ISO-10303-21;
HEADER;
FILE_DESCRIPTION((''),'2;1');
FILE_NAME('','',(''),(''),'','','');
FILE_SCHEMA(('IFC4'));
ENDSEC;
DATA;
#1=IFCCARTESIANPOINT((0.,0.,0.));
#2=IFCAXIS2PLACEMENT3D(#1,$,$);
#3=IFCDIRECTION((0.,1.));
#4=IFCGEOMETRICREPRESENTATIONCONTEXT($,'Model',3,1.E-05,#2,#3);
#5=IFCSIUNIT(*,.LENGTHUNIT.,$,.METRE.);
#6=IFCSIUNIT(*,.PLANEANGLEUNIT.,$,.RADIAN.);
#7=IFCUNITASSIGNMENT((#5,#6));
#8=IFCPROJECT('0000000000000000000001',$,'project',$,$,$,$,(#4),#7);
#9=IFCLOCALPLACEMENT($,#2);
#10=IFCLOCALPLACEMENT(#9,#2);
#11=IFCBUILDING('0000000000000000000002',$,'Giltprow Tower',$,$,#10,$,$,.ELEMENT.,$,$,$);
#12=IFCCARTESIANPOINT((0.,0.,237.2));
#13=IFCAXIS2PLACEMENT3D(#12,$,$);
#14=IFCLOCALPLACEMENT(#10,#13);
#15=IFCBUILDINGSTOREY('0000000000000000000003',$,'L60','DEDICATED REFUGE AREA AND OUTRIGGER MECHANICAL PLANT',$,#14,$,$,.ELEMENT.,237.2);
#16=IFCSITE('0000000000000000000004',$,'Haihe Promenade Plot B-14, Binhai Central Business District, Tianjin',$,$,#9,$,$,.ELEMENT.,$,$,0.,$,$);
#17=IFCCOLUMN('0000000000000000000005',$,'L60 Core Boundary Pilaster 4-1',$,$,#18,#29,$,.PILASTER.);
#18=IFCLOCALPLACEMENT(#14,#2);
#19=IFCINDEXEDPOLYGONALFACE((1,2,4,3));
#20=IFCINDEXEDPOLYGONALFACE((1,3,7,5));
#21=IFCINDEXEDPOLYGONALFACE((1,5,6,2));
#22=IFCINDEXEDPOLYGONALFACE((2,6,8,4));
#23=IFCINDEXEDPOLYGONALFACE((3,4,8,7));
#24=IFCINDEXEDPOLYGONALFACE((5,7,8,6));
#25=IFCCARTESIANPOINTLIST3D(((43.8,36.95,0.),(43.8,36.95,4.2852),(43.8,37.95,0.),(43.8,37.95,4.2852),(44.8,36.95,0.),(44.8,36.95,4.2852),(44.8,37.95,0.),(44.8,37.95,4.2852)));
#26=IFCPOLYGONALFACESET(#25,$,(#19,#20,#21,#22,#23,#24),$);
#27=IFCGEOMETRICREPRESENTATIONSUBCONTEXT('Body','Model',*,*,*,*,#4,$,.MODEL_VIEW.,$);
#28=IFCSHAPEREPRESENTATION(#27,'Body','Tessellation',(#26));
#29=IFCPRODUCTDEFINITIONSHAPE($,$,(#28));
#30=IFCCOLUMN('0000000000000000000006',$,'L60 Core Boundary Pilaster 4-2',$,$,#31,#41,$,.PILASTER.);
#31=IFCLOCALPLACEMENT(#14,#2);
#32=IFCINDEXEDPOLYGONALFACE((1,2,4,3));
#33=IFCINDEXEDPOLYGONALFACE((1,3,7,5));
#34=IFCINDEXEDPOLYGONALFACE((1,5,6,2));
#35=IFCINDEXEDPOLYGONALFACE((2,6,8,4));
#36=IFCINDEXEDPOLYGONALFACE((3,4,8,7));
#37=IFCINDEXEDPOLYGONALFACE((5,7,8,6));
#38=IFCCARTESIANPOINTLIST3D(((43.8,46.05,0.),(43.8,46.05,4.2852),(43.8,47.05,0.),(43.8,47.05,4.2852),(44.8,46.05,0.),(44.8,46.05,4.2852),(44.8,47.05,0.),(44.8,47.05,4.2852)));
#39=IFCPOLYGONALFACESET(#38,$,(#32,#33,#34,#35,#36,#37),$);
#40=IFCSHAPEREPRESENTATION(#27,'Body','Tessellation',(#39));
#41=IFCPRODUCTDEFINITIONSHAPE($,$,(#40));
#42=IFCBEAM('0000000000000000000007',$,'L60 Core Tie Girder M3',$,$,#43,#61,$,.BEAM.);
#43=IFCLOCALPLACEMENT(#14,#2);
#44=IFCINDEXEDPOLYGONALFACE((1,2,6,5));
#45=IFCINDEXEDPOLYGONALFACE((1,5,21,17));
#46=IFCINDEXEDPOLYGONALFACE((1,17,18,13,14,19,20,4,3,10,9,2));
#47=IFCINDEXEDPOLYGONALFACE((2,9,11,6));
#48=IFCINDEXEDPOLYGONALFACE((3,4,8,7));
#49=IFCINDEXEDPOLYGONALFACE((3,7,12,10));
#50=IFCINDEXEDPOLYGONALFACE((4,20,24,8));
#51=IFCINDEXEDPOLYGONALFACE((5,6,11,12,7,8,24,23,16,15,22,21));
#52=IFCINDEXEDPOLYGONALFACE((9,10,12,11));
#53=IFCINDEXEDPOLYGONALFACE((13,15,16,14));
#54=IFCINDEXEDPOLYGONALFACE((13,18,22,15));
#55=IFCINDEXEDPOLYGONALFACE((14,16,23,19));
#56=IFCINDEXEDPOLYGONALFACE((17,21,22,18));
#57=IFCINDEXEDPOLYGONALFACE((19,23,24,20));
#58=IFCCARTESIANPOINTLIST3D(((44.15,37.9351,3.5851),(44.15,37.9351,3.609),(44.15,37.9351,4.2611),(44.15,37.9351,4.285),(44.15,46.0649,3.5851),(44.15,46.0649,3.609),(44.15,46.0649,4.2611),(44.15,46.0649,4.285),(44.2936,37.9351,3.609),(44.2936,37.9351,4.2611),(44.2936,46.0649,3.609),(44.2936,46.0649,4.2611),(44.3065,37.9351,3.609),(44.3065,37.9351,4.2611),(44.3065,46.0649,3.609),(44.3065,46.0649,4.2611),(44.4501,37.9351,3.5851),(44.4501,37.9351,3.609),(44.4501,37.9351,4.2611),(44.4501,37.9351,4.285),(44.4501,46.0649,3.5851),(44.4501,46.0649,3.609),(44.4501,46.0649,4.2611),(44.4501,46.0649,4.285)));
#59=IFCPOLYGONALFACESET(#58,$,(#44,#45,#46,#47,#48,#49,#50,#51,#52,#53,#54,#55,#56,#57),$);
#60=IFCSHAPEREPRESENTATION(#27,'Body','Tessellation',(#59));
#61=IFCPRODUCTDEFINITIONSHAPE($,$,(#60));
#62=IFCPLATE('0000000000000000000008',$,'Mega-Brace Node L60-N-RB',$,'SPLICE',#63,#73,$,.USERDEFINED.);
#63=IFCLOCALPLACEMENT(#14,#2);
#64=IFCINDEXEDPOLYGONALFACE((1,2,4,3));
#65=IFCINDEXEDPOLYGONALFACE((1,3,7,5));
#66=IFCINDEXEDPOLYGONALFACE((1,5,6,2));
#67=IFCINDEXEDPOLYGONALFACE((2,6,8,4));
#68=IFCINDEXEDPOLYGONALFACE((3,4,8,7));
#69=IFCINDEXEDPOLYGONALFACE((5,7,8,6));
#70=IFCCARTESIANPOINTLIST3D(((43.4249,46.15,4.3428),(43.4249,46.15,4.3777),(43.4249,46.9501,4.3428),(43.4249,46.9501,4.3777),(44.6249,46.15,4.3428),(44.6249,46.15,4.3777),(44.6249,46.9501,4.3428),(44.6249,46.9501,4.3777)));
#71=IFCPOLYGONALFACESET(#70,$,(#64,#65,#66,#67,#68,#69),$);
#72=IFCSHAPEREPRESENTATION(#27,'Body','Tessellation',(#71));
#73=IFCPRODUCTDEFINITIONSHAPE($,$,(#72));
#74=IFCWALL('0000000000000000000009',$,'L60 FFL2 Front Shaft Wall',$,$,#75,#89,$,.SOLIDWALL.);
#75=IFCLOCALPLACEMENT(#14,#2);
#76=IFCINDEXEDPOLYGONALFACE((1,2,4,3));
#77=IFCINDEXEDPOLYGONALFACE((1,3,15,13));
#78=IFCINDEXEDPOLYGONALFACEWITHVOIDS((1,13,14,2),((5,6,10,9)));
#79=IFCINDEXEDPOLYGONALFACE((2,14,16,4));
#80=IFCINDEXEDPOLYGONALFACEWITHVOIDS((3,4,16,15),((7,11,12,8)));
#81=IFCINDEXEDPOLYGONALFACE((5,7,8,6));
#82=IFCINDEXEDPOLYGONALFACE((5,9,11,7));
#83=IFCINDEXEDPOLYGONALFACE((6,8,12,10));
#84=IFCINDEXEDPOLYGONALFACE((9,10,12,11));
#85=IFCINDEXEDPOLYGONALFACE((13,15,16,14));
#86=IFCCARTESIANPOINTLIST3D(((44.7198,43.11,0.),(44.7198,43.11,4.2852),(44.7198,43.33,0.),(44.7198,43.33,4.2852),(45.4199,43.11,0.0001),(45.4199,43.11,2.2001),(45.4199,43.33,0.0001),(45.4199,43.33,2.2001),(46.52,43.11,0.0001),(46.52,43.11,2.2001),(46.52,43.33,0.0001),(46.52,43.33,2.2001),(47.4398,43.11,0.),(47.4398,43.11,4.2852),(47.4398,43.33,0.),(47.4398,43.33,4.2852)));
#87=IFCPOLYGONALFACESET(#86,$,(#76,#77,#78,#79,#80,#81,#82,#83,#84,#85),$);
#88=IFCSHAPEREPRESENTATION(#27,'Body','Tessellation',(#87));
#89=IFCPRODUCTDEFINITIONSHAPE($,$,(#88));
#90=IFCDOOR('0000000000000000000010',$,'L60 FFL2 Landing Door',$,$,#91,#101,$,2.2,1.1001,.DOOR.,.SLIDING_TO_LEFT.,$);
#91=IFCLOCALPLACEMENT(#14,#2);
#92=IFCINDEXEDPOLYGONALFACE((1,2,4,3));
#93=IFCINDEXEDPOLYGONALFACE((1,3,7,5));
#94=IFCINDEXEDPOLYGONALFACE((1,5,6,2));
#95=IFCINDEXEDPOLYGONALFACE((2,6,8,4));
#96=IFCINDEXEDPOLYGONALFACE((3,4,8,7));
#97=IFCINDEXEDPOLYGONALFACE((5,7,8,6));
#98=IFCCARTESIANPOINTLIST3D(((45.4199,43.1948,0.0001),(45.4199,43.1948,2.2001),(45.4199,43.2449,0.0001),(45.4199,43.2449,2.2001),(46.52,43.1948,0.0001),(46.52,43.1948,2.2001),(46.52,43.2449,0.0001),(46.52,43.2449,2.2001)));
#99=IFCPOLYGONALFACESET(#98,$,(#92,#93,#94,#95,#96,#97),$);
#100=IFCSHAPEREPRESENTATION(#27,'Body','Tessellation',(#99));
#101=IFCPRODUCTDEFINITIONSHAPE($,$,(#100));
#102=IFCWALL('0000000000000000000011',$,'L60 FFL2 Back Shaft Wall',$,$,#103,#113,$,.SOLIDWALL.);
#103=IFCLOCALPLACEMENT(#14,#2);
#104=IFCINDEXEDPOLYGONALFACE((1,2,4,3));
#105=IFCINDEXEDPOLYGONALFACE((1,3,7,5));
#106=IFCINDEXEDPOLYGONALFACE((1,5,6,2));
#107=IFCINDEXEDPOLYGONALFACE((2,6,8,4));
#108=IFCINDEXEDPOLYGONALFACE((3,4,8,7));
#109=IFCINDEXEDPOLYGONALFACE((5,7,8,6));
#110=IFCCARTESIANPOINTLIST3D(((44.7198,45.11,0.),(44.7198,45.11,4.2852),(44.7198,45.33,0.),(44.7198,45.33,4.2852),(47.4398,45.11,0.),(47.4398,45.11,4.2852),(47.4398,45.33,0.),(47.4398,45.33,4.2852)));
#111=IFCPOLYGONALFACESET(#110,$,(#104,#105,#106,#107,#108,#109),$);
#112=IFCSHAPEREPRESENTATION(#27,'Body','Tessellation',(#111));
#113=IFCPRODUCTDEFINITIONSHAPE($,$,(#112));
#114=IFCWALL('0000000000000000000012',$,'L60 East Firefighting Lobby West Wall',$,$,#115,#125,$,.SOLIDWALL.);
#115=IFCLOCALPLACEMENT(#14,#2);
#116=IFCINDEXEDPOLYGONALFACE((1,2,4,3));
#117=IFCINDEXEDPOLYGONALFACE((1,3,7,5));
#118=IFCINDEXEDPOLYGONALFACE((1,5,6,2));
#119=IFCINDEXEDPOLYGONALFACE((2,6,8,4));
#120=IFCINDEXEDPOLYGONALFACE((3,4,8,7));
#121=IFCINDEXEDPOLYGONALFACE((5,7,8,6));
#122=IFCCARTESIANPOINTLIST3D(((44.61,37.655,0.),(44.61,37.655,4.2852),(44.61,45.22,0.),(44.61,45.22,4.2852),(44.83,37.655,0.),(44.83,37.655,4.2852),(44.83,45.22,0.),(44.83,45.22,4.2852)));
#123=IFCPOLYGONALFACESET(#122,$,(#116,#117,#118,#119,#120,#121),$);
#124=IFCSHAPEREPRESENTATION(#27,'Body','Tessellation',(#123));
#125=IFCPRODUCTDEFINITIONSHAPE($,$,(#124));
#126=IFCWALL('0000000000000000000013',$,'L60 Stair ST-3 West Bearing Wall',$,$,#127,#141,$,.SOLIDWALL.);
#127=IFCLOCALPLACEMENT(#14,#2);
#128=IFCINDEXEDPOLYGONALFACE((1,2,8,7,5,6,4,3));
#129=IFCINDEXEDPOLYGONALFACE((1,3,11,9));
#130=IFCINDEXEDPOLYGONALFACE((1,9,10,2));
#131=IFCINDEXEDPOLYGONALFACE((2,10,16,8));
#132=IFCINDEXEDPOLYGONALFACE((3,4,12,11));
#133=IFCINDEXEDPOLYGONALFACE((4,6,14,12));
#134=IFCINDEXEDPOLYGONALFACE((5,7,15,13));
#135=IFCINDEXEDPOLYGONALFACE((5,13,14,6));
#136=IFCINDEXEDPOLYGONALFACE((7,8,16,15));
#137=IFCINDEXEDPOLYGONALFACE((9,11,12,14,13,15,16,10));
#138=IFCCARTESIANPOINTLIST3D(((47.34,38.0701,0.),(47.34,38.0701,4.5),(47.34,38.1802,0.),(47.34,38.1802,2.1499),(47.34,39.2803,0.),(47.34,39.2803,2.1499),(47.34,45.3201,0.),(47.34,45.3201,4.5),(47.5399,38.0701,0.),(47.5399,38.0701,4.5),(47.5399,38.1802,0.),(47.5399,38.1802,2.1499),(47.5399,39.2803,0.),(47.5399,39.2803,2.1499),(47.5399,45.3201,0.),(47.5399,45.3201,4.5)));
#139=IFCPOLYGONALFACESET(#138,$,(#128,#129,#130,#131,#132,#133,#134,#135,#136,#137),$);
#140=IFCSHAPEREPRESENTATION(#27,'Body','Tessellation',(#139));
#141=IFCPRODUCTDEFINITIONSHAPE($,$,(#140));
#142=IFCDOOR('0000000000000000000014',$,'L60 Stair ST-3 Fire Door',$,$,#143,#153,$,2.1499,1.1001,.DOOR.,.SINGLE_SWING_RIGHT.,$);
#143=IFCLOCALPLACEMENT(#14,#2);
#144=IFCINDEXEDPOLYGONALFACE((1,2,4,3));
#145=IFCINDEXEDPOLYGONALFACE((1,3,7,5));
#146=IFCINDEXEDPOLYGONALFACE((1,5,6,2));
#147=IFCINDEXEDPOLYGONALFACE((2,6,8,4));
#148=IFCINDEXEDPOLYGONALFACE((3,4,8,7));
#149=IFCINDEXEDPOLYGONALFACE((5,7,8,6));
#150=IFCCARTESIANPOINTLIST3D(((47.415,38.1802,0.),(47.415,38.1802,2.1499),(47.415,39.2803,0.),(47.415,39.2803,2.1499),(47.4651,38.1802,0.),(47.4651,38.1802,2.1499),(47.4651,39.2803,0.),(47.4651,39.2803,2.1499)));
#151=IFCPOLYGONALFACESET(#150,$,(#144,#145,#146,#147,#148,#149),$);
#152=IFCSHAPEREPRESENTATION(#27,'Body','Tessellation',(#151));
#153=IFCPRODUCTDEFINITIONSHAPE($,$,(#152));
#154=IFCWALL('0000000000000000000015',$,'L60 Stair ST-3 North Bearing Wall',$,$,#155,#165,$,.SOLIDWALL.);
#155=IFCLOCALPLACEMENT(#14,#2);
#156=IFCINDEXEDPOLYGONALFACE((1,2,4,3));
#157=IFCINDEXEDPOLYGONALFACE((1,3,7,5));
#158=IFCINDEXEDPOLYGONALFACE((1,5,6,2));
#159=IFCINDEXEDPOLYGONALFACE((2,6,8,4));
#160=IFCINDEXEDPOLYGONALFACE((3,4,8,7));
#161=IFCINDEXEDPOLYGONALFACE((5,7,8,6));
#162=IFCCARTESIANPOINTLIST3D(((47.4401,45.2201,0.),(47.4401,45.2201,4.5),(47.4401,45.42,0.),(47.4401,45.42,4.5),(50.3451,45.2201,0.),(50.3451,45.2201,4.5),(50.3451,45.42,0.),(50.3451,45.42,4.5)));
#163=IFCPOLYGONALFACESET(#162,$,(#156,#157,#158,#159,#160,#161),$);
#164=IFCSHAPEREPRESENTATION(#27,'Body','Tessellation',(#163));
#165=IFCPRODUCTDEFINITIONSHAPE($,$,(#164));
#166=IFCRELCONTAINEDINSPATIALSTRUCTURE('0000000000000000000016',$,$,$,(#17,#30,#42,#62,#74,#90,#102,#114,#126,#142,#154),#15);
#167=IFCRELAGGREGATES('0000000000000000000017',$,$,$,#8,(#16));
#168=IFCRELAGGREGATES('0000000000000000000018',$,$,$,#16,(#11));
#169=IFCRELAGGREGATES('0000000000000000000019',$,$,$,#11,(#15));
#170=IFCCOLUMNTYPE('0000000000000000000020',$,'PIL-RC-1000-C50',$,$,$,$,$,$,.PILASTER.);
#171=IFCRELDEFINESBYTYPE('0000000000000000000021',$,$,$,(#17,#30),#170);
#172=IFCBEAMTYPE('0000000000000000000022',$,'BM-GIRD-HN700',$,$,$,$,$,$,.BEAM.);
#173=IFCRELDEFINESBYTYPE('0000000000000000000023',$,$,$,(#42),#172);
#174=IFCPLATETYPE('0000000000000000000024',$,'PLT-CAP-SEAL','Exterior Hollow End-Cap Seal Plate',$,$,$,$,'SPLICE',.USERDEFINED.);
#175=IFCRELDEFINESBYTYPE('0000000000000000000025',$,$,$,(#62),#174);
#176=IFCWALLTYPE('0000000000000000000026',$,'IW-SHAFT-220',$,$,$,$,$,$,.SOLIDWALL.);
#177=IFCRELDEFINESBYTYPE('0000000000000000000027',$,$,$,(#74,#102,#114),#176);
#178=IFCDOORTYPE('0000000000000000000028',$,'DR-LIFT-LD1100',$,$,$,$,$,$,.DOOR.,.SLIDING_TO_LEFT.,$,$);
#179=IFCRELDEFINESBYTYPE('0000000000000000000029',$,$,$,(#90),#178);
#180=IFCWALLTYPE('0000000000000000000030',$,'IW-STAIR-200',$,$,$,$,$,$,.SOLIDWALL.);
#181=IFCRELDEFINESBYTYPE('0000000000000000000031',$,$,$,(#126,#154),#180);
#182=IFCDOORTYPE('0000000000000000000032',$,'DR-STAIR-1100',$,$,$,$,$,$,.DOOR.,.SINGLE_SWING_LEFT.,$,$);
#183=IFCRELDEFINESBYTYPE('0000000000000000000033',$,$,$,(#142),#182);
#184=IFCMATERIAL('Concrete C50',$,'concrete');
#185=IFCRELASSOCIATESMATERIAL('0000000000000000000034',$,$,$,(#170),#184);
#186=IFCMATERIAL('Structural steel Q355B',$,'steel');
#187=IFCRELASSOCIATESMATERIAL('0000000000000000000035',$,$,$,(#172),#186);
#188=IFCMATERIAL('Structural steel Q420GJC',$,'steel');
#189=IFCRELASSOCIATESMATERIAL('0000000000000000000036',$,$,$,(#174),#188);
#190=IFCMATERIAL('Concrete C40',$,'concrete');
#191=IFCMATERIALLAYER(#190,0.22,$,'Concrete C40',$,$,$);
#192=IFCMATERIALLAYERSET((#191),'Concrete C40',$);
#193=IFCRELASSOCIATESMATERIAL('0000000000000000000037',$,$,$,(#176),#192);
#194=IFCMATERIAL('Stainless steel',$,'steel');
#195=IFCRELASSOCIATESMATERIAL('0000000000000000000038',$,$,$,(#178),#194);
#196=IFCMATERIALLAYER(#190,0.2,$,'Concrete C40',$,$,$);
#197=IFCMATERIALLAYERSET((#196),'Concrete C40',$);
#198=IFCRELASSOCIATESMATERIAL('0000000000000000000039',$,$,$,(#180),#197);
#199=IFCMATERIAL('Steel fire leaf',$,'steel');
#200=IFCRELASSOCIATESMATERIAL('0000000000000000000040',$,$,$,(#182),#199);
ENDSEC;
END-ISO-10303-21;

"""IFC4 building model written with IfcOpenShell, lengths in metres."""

from ifc_helpers import new_model, si_unit, direction, frame, frame_2d, origin, origin_2d, place, context, subcontext, project, spatial, rectangle, i_section, extrude, source, transform, mapped, material, layer, layer_set, material_profile, profile_set, type_object, element, fill, save


model = new_model("IFC4")

# Units and contexts
model_context = context("Model", 3, precision=1e-05, world=origin(), true_north=direction((0.0, 1.0)))
body_context = subcontext(model_context, "Body", "Model", "MODEL_VIEW")
ifc_project = project(units=[si_unit("LENGTHUNIT", "METRE"), si_unit("PLANEANGLEUNIT", "RADIAN")], contexts=[model_context])

# Site, building, storey
site_placement = place(None, origin())
site = spatial("IfcSite", under=ifc_project, at=site_placement, Name="Haihe Promenade Plot B-14, Binhai Central Business District, Tianjin", CompositionType="ELEMENT", RefElevation=0.0)
building_placement = place(site_placement, origin())
building = spatial("IfcBuilding", under=site, at=building_placement, Name="Giltprow Tower", CompositionType="ELEMENT")
storey_placement = place(building_placement, frame((0.0, 0.0, 237.2)))
storey = spatial("IfcBuildingStorey", under=building, at=storey_placement, Name="L60", Description="DEDICATED REFUGE AREA AND OUTRIGGER MECHANICAL PLANT", CompositionType="ELEMENT", Elevation=237.2)

# Columns
ifc_material_1 = material(Name="Concrete C50", Category="concrete")
ifc_material_profile_1 = material_profile(ifc_material_1, rectangle(XDim=1.0, YDim=1.0, at=origin_2d()), Name="RC 1000x1000")
ifc_profile_set_1 = profile_set([ifc_material_profile_1], Name="Concrete C50")
column_type = type_object("IfcColumnType", Name="PIL-RC-1000-C50", PredefinedType="PILASTER", material=ifc_profile_set_1)
shared_shape_1 = source(origin(), body_context, "Body", "SweptSolid", [
    extrude(rectangle(XDim=1.0, YDim=1.0, at=origin_2d()), origin(), (0.0, 0.0, 1.0), 4.2852),
])
for number, where, z_axis, x_axis, name in (
    (1, (44.3, 37.45, 0.0), (0.0, 0.0, 1.0), (1.0, 0.0, 0.0), "L60 Core Boundary Pilaster 4-1"),
    (2, (44.3, 46.55, 0.0), (0.0, 0.0, 1.0), (1.0, 0.0, 0.0), "L60 Core Boundary Pilaster 4-2"),
):
    element("IfcColumn", number, at=place(storey_placement, frame(where, z_axis=z_axis, x_axis=x_axis)), inside=storey, type_object=column_type, Name=name, PredefinedType="PILASTER", context=body_context, shape_type="MappedRepresentation", body=[
        mapped(shared_shape_1, transform((0.0, 0.0, 0.0), x_axis=(1.0, 0.0, 0.0), y_axis=(0.0, 1.0, 0.0), z_axis=(0.0, 0.0, 1.0), scale=1.0)),
    ])

# Beam
ifc_material_2 = material(Name="Structural steel Q355B", Category="steel")
ifc_material_profile_2 = material_profile(ifc_material_2, i_section(OverallWidth=0.3, OverallDepth=0.7, WebThickness=0.0129, FlangeThickness=0.0239, at=origin_2d()), Name="HN 700x300x13x24")
ifc_profile_set_2 = profile_set([ifc_material_profile_2], Name="Structural steel Q355B")
beam_type = type_object("IfcBeamType", Name="BM-GIRD-HN700", PredefinedType="BEAM", material=ifc_profile_set_2)
shared_shape_2 = source(origin(), body_context, "Body", "SweptSolid", [
    extrude(i_section(OverallWidth=0.3, OverallDepth=0.7, WebThickness=0.0129, FlangeThickness=0.0239, at=origin_2d()), origin(), (0.0, 0.0, 1.0), 8.1299),
])
beam_placement = place(storey_placement, frame((44.3, 37.9351, 3.9351), z_axis=(0.0, 1.0, 0.0), x_axis=(-1.0, 0.0, 0.0)))
element("IfcBeam", 3, at=beam_placement, inside=storey, type_object=beam_type, Name="L60 Core Tie Girder M3", PredefinedType="BEAM", context=body_context, shape_type="MappedRepresentation", body=[
    mapped(shared_shape_2, transform((0.0, 0.0, 0.0), x_axis=(1.0, 0.0, 0.0), y_axis=(0.0, 1.0, 0.0), z_axis=(0.0, 0.0, 1.0), scale=1.0)),
])

# Plate
ifc_material_3 = material(Name="Structural steel Q420GJC", Category="steel")
plate_type = type_object("IfcPlateType", Name="PLT-CAP-SEAL", Description="Exterior Hollow End-Cap Seal Plate", ElementType="SPLICE", PredefinedType="USERDEFINED", material=ifc_material_3)
shared_shape_3 = source(origin(), body_context, "Body", "SweptSolid", [
    extrude(rectangle(XDim=1.2, YDim=0.8, at=origin_2d()), origin(), (0.0, 0.0, 1.0), 0.0349),
])
plate_placement = place(storey_placement, frame((44.0249, 46.55, 4.3428), z_axis=(0.0, 0.0, 1.0), x_axis=(1.0, 0.0, 0.0)))
element("IfcPlate", 4, at=plate_placement, inside=storey, type_object=plate_type, Name="Mega-Brace Node L60-N-RB", ObjectType="SPLICE", PredefinedType="USERDEFINED", context=body_context, shape_type="MappedRepresentation", body=[
    mapped(shared_shape_3, transform((0.0, 0.0, 0.0), x_axis=(1.0, 0.0, 0.0), y_axis=(0.0, 1.0, 0.0), z_axis=(0.0, 0.0, 1.0), scale=1.0)),
])

# Wall, opening, door
ifc_material_4 = material(Name="Concrete C40", Category="concrete")
ifc_layer_1 = layer(ifc_material_4, 0.22, Name="Concrete C40")
ifc_layer_set_1 = layer_set([ifc_layer_1], Name="Concrete C40")
wall_type_1 = type_object("IfcWallType", Name="IW-SHAFT-220", PredefinedType="SOLIDWALL", material=ifc_layer_set_1)
wall_1_placement = place(storey_placement, frame((44.72, 43.22, 0.0), z_axis=(0.0, 0.0, 1.0), x_axis=(1.0, 0.0, 0.0)))
wall_1 = element("IfcWall", 5, at=wall_1_placement, inside=storey, type_object=wall_type_1, Name="L60 FFL2 Front Shaft Wall", PredefinedType="SOLIDWALL", context=body_context, shape_type="SweptSolid", body=[
    extrude(rectangle(XDim=2.72, YDim=0.22, at=frame_2d((1.3599, 0.0))), origin(), (0.0, 0.0, 1.0), 4.2852),
])
opening_1_placement = place(wall_1_placement, frame((0.7, 0.0, 0.0)))
opening_1 = element("IfcOpeningElement", 6, at=opening_1_placement, cuts=wall_1, PredefinedType="OPENING", context=body_context, shape_type="SweptSolid", body=[
    extrude(rectangle(XDim=1.1001, YDim=2.2, at=frame_2d((0.55, 1.1001))), frame((0.0, 0.1199, 0.0), z_axis=(0.0, -1.0, 0.0), x_axis=(1.0, 0.0, 0.0)), (0.0, 0.0, 1.0), 0.24),
])
ifc_material_5 = material(Name="Stainless steel", Category="steel")
door_type_1 = type_object("IfcDoorType", Name="DR-LIFT-LD1100", OperationType="SLIDING_TO_LEFT", PredefinedType="DOOR", material=ifc_material_5)
shared_shape_4 = source(origin(), body_context, "Body", "SweptSolid", [
    extrude(rectangle(XDim=1.1001, YDim=2.2, at=frame_2d((0.55, 1.1001))), frame((0.0, 0.0249, 0.0), z_axis=(0.0, -1.0, 0.0), x_axis=(1.0, 0.0, 0.0)), (0.0, 0.0, 1.0), 0.05),
])
door_1_placement = place(opening_1_placement, origin())
door_1 = element("IfcDoor", 7, at=door_1_placement, inside=storey, type_object=door_type_1, Name="L60 FFL2 Landing Door", OperationType="SLIDING_TO_LEFT", OverallHeight=2.2, OverallWidth=1.1001, PredefinedType="DOOR", context=body_context, shape_type="MappedRepresentation", body=[
    mapped(shared_shape_4, transform((0.0, 0.0, 0.0), x_axis=(1.0, 0.0, 0.0), y_axis=(0.0, 1.0, 0.0), z_axis=(0.0, 0.0, 1.0), scale=1.0)),
])
fill(opening_1, door_1)

# Walls
wall_2_placement = place(storey_placement, frame((44.72, 45.22, 0.0), z_axis=(0.0, 0.0, 1.0), x_axis=(1.0, 0.0, 0.0)))
element("IfcWall", 8, at=wall_2_placement, inside=storey, type_object=wall_type_1, Name="L60 FFL2 Back Shaft Wall", PredefinedType="SOLIDWALL", context=body_context, shape_type="SweptSolid", body=[
    extrude(rectangle(XDim=2.72, YDim=0.22, at=frame_2d((1.3599, 0.0))), origin(), (0.0, 0.0, 1.0), 4.2852),
])
wall_3_placement = place(storey_placement, frame((44.72, 37.655, 0.0), z_axis=(0.0, 0.0, 1.0), x_axis=(0.0, 1.0, 0.0)))
element("IfcWall", 9, at=wall_3_placement, inside=storey, type_object=wall_type_1, Name="L60 East Firefighting Lobby West Wall", PredefinedType="SOLIDWALL", context=body_context, shape_type="SweptSolid", body=[
    extrude(rectangle(XDim=7.5649, YDim=0.22, at=frame_2d((3.7825, 0.0))), origin(), (0.0, 0.0, 1.0), 4.2852),
])

# Wall, opening, door
ifc_layer_2 = layer(ifc_material_4, 0.2, Name="Concrete C40")
ifc_layer_set_2 = layer_set([ifc_layer_2], Name="Concrete C40")
wall_type_2 = type_object("IfcWallType", Name="IW-STAIR-200", PredefinedType="SOLIDWALL", material=ifc_layer_set_2)
wall_4_placement = place(storey_placement, frame((47.4399, 38.0701, 0.0), z_axis=(0.0, 0.0, 1.0), x_axis=(0.0, 1.0, 0.0)))
wall_4 = element("IfcWall", 10, at=wall_4_placement, inside=storey, type_object=wall_type_2, Name="L60 Stair ST-3 West Bearing Wall", PredefinedType="SOLIDWALL", context=body_context, shape_type="SweptSolid", body=[
    extrude(rectangle(XDim=7.25, YDim=0.2, at=frame_2d((3.625, 0.0))), origin(), (0.0, 0.0, 1.0), 4.5),
])
opening_2_placement = place(wall_4_placement, frame((0.1101, 0.0, 0.0)))
opening_2 = element("IfcOpeningElement", 11, at=opening_2_placement, cuts=wall_4, PredefinedType="OPENING", context=body_context, shape_type="SweptSolid", body=[
    extrude(rectangle(XDim=1.1001, YDim=2.1499, at=frame_2d((0.55, 1.075))), frame((0.0, 0.1099, 0.0), z_axis=(0.0, -1.0, 0.0), x_axis=(1.0, 0.0, 0.0)), (0.0, 0.0, 1.0), 0.22),
])
ifc_material_6 = material(Name="Steel fire leaf", Category="steel")
door_type_2 = type_object("IfcDoorType", Name="DR-STAIR-1100", OperationType="SINGLE_SWING_LEFT", PredefinedType="DOOR", material=ifc_material_6)
shared_shape_5 = source(origin(), body_context, "Body", "SweptSolid", [
    extrude(rectangle(XDim=1.1001, YDim=2.1499, at=frame_2d((0.55, 1.075))), frame((0.0, 0.0249, 0.0), z_axis=(0.0, -1.0, 0.0), x_axis=(1.0, 0.0, 0.0)), (0.0, 0.0, 1.0), 0.05),
])
door_2_placement = place(opening_2_placement, origin())
door_2 = element("IfcDoor", 12, at=door_2_placement, inside=storey, type_object=door_type_2, Name="L60 Stair ST-3 Fire Door", OperationType="SINGLE_SWING_RIGHT", OverallHeight=2.1499, OverallWidth=1.1001, PredefinedType="DOOR", context=body_context, shape_type="MappedRepresentation", body=[
    mapped(shared_shape_5, transform((0.0, 0.0, 0.0), x_axis=(1.0, 0.0, 0.0), y_axis=(0.0, 1.0, 0.0), z_axis=(0.0, 0.0, 1.0), scale=1.0)),
])
fill(opening_2, door_2)

# Wall
for number, where, z_axis, x_axis, name in (
    (13, (47.4399, 45.3201, 0.0), (0.0, 0.0, 1.0), (1.0, 0.0, 0.0), "L60 Stair ST-3 North Bearing Wall"),
):
    element("IfcWall", number, at=place(storey_placement, frame(where, z_axis=z_axis, x_axis=x_axis)), inside=storey, type_object=wall_type_2, Name=name, PredefinedType="SOLIDWALL", context=body_context, shape_type="SweptSolid", body=[
        extrude(rectangle(XDim=2.905, YDim=0.2, at=frame_2d((1.4526, 0.0))), origin(), (0.0, 0.0, 1.0), 4.5),
    ])

save(model, "model.ifc")
